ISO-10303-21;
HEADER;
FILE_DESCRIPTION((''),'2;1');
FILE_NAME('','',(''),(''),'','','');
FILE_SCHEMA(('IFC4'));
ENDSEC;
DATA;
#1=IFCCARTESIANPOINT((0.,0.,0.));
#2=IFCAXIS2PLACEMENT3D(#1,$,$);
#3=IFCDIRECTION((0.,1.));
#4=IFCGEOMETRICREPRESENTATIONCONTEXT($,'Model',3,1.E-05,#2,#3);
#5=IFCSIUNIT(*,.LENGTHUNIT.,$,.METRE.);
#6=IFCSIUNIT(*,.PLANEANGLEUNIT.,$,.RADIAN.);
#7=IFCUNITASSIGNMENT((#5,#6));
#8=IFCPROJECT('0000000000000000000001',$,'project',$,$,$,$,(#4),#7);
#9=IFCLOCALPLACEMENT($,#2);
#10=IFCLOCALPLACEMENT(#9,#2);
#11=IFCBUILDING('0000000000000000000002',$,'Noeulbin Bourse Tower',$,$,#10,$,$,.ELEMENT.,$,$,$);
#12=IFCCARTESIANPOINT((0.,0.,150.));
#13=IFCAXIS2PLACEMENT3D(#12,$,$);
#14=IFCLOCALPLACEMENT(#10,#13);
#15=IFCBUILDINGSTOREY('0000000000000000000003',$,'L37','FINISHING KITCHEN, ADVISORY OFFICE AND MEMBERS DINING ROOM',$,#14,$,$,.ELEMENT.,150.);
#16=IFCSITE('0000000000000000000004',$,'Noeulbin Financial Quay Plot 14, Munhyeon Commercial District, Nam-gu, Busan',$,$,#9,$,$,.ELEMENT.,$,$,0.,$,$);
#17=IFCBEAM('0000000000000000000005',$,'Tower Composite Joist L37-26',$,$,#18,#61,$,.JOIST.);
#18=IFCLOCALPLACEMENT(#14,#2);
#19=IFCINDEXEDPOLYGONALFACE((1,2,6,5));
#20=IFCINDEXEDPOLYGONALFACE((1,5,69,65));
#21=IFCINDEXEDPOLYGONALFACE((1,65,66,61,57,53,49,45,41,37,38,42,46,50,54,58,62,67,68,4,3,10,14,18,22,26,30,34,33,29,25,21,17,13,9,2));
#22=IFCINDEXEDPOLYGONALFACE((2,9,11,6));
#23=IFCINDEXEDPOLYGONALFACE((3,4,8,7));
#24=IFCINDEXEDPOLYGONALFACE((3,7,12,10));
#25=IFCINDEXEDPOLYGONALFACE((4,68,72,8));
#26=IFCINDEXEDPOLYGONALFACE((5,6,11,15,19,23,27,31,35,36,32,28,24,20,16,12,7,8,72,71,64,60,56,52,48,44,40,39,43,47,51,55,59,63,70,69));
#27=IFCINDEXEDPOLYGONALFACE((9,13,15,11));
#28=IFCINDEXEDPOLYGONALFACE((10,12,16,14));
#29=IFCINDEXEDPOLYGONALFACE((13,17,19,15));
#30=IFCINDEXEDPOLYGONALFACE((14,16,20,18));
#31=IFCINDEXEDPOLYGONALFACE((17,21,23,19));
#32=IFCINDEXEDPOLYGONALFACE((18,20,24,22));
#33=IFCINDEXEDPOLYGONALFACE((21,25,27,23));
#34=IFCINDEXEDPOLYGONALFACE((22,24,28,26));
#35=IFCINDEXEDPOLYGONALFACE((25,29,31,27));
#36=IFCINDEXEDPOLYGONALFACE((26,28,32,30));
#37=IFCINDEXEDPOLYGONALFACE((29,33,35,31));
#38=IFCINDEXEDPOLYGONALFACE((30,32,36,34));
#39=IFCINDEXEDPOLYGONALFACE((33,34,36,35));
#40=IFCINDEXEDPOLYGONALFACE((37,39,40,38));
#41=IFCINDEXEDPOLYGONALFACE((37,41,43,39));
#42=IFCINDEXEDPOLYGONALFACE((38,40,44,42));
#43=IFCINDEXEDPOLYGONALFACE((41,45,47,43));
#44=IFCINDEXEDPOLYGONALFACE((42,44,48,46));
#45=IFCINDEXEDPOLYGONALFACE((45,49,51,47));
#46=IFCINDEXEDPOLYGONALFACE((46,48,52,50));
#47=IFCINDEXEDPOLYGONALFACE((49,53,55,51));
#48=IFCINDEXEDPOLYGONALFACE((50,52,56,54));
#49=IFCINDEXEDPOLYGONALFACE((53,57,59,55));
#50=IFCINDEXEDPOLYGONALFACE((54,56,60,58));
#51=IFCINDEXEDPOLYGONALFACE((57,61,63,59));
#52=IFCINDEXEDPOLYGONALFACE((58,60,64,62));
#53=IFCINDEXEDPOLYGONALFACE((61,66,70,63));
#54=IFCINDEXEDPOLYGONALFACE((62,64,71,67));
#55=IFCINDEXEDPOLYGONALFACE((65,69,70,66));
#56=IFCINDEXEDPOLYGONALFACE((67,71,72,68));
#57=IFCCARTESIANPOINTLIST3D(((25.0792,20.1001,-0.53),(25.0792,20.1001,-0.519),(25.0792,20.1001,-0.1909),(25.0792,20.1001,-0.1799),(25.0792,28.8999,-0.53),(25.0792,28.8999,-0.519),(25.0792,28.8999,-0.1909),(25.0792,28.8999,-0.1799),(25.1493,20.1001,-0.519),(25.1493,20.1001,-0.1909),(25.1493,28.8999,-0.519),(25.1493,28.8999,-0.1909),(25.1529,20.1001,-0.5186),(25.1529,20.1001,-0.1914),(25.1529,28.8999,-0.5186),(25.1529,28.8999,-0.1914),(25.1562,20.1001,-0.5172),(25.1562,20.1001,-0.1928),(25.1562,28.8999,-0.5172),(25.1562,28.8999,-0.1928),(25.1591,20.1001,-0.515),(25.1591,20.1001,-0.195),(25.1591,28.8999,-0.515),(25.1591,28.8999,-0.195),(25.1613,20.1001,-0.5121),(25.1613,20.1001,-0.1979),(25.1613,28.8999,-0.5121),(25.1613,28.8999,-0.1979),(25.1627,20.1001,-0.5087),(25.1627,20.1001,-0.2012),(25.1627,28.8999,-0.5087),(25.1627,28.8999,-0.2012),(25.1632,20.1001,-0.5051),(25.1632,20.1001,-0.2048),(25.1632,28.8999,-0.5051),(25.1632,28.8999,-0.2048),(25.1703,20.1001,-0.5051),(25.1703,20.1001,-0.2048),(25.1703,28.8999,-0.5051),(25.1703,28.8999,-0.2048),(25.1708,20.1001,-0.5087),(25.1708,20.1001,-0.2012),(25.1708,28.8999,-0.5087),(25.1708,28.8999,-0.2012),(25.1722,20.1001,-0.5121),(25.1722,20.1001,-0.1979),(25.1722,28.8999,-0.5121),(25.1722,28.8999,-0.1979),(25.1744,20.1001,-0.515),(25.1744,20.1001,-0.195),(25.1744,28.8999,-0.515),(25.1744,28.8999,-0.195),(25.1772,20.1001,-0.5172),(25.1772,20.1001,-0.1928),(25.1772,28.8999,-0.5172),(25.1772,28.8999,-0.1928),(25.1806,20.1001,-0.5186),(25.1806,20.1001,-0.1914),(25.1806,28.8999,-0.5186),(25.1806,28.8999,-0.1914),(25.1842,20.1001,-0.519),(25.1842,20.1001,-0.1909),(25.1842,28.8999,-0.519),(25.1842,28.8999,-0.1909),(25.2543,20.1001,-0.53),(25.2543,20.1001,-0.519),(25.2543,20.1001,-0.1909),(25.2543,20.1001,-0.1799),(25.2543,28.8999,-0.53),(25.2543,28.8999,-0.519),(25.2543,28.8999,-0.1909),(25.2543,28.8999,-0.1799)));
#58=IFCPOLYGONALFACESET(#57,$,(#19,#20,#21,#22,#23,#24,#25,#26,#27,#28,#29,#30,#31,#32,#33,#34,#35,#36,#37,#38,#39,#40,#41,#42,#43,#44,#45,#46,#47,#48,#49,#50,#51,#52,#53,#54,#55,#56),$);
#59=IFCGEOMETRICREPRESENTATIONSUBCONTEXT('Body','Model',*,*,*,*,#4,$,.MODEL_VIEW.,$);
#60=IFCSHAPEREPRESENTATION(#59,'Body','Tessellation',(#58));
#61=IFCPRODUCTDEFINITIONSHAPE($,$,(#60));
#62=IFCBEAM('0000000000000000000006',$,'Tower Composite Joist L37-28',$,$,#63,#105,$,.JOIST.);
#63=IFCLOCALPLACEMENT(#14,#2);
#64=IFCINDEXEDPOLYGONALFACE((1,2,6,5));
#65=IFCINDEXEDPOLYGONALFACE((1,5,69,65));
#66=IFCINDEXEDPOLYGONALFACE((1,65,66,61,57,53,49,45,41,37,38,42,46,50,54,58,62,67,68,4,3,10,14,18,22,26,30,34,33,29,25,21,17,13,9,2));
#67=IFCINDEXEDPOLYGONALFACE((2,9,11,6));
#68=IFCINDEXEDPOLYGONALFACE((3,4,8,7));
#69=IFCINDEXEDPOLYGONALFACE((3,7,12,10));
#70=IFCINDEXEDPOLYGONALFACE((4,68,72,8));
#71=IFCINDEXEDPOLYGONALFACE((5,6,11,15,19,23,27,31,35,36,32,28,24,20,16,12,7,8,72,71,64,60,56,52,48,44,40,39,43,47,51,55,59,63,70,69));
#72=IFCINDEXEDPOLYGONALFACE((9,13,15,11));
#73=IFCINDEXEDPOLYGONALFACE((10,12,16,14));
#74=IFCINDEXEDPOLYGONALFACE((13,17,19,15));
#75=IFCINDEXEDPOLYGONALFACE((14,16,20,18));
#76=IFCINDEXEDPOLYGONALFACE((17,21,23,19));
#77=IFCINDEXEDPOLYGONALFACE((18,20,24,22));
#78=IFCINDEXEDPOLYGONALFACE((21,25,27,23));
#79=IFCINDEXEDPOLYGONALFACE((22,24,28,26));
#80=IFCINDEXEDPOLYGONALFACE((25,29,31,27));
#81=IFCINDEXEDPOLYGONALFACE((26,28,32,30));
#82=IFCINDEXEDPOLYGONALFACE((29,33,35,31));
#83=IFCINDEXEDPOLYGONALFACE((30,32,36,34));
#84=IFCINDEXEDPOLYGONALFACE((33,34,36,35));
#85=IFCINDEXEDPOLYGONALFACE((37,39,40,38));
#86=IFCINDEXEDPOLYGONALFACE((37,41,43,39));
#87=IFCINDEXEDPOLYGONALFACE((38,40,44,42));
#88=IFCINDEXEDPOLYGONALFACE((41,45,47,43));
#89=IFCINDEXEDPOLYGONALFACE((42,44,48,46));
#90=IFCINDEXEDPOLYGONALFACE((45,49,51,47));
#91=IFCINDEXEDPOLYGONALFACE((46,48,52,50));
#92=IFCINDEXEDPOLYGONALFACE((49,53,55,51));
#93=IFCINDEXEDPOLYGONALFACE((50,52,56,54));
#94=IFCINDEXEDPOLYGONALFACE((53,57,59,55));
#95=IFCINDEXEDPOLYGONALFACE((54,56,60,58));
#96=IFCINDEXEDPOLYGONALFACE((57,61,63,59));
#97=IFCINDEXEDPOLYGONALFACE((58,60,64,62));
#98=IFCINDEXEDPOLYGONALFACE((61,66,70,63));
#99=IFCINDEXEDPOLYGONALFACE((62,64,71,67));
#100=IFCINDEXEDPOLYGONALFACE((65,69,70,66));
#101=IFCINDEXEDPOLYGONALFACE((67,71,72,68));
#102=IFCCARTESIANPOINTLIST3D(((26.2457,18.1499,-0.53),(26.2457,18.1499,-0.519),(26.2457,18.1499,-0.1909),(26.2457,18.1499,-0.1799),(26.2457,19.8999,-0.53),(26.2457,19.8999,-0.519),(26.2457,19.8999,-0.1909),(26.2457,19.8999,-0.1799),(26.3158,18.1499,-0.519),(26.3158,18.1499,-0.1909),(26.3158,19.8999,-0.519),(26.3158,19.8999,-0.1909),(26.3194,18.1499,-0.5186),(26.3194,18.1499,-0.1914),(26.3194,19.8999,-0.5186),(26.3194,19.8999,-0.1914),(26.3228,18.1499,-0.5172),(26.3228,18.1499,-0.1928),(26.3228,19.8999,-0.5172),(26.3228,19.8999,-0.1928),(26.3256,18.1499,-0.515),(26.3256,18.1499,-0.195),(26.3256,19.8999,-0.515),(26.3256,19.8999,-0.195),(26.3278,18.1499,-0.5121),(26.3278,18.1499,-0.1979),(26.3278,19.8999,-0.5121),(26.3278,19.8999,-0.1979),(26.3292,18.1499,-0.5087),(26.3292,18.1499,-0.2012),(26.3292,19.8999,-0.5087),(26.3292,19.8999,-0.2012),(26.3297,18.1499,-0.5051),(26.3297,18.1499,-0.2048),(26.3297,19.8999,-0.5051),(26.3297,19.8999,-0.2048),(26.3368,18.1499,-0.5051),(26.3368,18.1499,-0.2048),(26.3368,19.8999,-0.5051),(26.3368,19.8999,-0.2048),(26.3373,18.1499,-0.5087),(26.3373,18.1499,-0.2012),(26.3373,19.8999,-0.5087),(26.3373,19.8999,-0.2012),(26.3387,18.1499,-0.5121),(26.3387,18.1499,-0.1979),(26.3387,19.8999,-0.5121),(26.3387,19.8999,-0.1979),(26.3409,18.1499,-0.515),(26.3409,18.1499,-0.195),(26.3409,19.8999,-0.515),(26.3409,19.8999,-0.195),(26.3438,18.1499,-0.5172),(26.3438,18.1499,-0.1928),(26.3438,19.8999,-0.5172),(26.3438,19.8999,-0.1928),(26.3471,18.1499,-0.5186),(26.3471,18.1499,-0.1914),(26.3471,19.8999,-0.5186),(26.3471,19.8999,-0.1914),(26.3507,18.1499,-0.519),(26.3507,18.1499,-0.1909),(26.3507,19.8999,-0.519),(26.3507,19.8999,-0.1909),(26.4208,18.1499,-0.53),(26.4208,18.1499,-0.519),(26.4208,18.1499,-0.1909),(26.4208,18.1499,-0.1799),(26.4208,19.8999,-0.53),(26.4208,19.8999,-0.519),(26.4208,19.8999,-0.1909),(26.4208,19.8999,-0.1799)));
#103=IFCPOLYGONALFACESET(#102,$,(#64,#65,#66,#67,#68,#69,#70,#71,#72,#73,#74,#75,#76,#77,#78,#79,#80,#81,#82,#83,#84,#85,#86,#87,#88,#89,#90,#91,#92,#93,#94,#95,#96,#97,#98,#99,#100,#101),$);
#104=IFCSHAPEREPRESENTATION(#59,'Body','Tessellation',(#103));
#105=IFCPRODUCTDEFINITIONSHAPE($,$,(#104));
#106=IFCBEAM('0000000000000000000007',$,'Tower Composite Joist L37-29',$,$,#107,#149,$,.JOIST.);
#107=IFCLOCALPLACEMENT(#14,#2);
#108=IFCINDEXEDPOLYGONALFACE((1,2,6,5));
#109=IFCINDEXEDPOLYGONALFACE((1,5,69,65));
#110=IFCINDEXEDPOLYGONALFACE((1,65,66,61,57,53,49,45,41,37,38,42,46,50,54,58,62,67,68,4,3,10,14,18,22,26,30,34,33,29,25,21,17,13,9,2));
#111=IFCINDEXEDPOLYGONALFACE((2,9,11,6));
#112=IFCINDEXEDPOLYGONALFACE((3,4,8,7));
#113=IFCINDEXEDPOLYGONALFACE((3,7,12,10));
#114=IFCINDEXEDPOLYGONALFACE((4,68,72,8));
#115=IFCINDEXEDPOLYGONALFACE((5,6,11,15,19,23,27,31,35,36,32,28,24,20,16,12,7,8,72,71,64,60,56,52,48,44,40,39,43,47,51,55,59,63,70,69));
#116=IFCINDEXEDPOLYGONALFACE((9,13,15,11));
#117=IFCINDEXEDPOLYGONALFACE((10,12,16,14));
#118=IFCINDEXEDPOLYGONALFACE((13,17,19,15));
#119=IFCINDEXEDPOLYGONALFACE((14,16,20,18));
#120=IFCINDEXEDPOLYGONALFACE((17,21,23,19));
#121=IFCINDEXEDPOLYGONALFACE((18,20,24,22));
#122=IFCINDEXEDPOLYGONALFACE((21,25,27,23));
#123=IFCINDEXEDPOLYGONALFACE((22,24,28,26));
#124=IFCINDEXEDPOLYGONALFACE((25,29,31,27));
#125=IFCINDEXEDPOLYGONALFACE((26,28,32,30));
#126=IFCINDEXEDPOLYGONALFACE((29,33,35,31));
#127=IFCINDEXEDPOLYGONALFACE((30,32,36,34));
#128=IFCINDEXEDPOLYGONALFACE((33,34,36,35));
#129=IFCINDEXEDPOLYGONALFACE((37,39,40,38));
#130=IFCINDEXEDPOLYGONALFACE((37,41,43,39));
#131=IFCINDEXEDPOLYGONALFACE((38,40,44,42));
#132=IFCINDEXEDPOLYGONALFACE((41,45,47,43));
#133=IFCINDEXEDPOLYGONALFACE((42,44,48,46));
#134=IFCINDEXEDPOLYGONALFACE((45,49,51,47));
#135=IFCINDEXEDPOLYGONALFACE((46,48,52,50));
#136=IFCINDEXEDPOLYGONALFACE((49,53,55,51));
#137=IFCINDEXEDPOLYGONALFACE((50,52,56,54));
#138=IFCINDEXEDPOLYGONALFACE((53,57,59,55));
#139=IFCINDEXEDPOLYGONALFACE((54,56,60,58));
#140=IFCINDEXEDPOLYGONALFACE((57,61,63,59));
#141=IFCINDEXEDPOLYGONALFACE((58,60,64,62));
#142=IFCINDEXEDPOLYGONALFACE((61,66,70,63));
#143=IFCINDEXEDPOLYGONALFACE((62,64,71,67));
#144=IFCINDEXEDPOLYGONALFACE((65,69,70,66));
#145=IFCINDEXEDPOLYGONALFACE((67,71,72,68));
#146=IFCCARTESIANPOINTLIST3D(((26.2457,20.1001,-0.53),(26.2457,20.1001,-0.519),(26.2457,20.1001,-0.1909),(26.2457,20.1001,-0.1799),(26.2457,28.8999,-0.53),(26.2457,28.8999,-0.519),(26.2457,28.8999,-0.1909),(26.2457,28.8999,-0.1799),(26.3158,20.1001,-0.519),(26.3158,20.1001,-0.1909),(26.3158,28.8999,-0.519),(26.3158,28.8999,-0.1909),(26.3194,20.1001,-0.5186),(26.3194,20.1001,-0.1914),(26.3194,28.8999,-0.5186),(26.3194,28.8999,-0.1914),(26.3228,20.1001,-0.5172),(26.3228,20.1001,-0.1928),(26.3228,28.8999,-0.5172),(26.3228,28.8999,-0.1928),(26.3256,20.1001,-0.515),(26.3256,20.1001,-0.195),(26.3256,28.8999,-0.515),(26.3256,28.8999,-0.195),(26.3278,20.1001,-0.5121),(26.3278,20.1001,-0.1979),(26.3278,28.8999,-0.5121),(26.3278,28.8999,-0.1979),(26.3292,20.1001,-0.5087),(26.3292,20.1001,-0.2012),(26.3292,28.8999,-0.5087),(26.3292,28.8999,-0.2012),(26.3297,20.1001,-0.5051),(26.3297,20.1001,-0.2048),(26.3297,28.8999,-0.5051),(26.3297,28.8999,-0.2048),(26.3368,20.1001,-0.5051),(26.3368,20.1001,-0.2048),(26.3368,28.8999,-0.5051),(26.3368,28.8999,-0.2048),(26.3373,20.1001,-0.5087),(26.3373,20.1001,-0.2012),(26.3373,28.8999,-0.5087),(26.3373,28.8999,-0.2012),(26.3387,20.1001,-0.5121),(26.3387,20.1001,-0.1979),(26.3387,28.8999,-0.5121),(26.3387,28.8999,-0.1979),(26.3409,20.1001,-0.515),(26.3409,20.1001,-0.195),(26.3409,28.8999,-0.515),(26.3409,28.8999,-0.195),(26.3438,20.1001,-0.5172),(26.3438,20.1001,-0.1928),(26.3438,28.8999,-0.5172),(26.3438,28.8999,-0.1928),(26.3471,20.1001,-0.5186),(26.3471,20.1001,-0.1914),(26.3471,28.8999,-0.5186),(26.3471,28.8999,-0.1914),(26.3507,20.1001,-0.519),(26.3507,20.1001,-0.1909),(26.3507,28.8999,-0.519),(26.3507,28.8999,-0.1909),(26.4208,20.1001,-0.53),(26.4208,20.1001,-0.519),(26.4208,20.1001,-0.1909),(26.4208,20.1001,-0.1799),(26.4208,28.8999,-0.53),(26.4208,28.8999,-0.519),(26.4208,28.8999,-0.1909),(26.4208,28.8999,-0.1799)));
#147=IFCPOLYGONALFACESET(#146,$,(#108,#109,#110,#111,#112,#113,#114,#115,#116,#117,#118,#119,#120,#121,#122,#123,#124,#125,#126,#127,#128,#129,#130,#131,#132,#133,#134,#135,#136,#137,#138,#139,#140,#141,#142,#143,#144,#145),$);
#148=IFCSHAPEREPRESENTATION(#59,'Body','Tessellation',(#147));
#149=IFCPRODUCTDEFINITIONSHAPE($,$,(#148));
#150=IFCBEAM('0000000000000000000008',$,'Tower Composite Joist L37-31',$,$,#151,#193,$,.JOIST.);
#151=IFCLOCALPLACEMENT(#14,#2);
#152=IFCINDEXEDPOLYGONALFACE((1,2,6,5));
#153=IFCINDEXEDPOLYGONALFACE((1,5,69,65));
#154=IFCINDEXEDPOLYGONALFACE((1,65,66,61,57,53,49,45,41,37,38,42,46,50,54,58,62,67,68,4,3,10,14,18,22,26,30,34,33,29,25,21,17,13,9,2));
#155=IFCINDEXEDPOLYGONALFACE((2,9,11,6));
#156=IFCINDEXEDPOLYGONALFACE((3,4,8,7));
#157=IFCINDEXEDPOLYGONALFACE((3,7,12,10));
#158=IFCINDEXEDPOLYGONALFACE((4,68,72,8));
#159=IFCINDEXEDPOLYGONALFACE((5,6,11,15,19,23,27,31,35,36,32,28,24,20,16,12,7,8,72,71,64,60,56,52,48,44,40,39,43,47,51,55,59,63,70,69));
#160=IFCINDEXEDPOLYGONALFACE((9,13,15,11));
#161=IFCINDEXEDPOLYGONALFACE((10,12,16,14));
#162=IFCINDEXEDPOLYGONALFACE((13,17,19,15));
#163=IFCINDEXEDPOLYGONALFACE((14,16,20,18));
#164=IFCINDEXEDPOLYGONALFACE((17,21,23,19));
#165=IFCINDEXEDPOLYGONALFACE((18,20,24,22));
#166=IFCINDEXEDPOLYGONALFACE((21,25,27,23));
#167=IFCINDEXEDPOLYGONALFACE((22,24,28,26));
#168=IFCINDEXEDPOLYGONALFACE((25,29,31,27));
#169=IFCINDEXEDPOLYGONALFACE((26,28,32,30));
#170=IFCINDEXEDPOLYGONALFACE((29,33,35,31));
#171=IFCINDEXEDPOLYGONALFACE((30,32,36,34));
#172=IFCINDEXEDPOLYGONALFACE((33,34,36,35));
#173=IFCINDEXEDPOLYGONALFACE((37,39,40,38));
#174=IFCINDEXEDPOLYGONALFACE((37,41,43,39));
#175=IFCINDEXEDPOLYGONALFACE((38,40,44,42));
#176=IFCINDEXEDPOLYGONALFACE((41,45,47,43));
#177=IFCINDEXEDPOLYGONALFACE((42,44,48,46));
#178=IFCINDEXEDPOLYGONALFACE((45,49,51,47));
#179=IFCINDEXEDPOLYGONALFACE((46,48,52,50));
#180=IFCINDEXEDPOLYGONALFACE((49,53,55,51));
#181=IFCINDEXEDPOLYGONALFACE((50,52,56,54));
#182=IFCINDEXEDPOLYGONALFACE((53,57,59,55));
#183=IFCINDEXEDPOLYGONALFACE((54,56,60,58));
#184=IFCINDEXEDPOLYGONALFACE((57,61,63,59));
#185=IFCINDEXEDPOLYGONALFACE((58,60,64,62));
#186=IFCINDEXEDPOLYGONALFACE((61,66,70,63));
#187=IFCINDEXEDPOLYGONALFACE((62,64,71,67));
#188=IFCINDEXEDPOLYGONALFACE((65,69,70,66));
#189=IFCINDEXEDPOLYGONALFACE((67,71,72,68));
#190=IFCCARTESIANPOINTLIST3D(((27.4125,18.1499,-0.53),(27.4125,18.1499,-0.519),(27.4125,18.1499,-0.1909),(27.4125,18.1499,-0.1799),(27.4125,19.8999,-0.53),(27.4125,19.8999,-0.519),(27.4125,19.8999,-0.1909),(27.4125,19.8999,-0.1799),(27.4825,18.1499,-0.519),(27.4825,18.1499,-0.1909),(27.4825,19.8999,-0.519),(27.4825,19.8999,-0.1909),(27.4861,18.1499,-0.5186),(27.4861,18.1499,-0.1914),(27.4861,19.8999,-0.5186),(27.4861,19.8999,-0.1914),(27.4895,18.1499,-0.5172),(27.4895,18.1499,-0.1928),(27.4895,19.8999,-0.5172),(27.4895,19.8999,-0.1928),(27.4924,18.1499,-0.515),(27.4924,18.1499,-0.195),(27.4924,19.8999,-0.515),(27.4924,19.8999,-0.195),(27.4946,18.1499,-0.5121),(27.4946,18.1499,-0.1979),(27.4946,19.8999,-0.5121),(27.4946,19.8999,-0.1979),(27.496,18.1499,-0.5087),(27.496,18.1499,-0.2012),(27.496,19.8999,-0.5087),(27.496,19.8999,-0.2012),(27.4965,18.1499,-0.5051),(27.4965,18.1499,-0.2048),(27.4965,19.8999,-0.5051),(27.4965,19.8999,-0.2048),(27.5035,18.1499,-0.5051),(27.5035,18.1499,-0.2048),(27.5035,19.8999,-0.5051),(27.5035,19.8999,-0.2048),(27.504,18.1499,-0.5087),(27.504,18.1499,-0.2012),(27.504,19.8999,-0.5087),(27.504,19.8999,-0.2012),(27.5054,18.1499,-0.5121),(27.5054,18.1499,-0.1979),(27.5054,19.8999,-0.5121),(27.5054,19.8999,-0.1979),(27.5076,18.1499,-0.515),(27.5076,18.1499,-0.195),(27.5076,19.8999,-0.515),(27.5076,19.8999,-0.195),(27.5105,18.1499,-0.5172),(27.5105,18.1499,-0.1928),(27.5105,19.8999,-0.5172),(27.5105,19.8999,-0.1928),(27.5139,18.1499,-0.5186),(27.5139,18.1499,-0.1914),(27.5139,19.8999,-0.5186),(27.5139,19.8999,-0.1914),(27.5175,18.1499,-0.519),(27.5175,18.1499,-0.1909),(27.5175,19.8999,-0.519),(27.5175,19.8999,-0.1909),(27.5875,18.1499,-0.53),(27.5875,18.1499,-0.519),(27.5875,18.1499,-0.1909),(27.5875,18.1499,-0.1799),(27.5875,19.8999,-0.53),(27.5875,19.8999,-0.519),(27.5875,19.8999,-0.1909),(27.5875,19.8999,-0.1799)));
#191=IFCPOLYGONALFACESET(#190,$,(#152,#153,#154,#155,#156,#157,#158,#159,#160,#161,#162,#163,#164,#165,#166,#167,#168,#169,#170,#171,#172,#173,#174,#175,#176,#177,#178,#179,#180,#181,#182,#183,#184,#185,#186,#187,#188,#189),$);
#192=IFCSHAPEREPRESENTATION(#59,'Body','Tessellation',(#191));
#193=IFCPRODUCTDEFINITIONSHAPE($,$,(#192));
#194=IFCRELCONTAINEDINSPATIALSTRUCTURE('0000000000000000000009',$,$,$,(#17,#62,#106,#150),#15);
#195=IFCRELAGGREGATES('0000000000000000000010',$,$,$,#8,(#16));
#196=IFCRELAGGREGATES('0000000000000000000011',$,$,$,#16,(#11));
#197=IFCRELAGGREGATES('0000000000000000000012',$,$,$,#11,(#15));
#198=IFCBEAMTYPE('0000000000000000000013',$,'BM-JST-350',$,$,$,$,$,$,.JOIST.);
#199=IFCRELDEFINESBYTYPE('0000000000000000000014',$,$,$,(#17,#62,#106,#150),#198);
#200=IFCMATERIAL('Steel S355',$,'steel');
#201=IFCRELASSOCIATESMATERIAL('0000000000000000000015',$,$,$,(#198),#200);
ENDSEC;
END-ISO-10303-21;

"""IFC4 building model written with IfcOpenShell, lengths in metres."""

from ifc_helpers import new_model, si_unit, direction, frame, origin, origin_2d, place, context, subcontext, project, spatial, i_section, extrude, material, material_profile, profile_set, type_object, element, save


model = new_model("IFC4")

# Units and contexts
model_context = context("Model", 3, precision=1e-05, world=origin(), true_north=direction((0.0, 1.0)))
body_context = subcontext(model_context, "Body", "Model", "MODEL_VIEW")
ifc_project = project(units=[si_unit("LENGTHUNIT", "METRE"), si_unit("PLANEANGLEUNIT", "RADIAN")], contexts=[model_context])

# Site, building, storey
site_placement = place(None, origin())
site = spatial("IfcSite", under=ifc_project, at=site_placement, Name="Noeulbin Financial Quay Plot 14, Munhyeon Commercial District, Nam-gu, Busan", CompositionType="ELEMENT", RefElevation=0.0)
building_placement = place(site_placement, origin())
building = spatial("IfcBuilding", under=site, at=building_placement, Name="Noeulbin Bourse Tower", CompositionType="ELEMENT")
storey_placement = place(building_placement, frame((0.0, 0.0, 150.0)))
storey = spatial("IfcBuildingStorey", under=building, at=storey_placement, Name="L37", Description="FINISHING KITCHEN, ADVISORY OFFICE AND MEMBERS DINING ROOM", CompositionType="ELEMENT", Elevation=150.0)

# Beams
ifc_material_1 = material(Name="Steel S355", Category="steel")
ifc_material_profile_1 = material_profile(ifc_material_1, i_section(OverallWidth=0.175, OverallDepth=0.3501, WebThickness=0.0071, FlangeThickness=0.011, FilletRadius=0.0139, at=origin_2d()), Name="H-350x175x7x11", Category="LoadBearing")
ifc_profile_set_1 = profile_set([ifc_material_profile_1], Name="Steel S355")
beam_type_1 = type_object("IfcBeamType", Name="BM-JST-350", PredefinedType="JOIST", material=ifc_profile_set_1)
beam_1_placement = place(storey_placement, frame((25.1667, 20.1001, -0.355), z_axis=(0.0, 1.0, 0.0), x_axis=(-1.0, 0.0, 0.0)))
element("IfcBeam", 1, at=beam_1_placement, inside=storey, type_object=beam_type_1, Name="Tower Composite Joist L37-26", PredefinedType="JOIST", context=body_context, shape_type="SweptSolid", body=[
    extrude(i_section(OverallWidth=0.175, OverallDepth=0.3501, WebThickness=0.0071, FlangeThickness=0.011, FilletRadius=0.0139, at=origin_2d()), origin(), (0.0, 0.0, 1.0), 8.7998),
])
beam_2_placement = place(storey_placement, frame((26.3333, 18.1499, -0.355), z_axis=(0.0, 1.0, 0.0), x_axis=(-1.0, 0.0, 0.0)))
element("IfcBeam", 2, at=beam_2_placement, inside=storey, type_object=beam_type_1, Name="Tower Composite Joist L37-28", PredefinedType="JOIST", context=body_context, shape_type="SweptSolid", body=[
    extrude(i_section(OverallWidth=0.175, OverallDepth=0.3501, WebThickness=0.0071, FlangeThickness=0.011, FilletRadius=0.0139, at=origin_2d()), origin(), (0.0, 0.0, 1.0), 1.75),
])
beam_3_placement = place(storey_placement, frame((26.3333, 20.1001, -0.355), z_axis=(0.0, 1.0, 0.0), x_axis=(-1.0, 0.0, 0.0)))
element("IfcBeam", 3, at=beam_3_placement, inside=storey, type_object=beam_type_1, Name="Tower Composite Joist L37-29", PredefinedType="JOIST", context=body_context, shape_type="SweptSolid", body=[
    extrude(i_section(OverallWidth=0.175, OverallDepth=0.3501, WebThickness=0.0071, FlangeThickness=0.011, FilletRadius=0.0139, at=origin_2d()), origin(), (0.0, 0.0, 1.0), 8.7998),
])
beam_4_placement = place(storey_placement, frame((27.5, 18.1499, -0.355), z_axis=(0.0, 1.0, 0.0), x_axis=(-1.0, 0.0, 0.0)))
element("IfcBeam", 4, at=beam_4_placement, inside=storey, type_object=beam_type_1, Name="Tower Composite Joist L37-31", PredefinedType="JOIST", context=body_context, shape_type="SweptSolid", body=[
    extrude(i_section(OverallWidth=0.175, OverallDepth=0.3501, WebThickness=0.0071, FlangeThickness=0.011, FilletRadius=0.0139, at=origin_2d()), origin(), (0.0, 0.0, 1.0), 1.75),
])

save(model, "model.ifc")
